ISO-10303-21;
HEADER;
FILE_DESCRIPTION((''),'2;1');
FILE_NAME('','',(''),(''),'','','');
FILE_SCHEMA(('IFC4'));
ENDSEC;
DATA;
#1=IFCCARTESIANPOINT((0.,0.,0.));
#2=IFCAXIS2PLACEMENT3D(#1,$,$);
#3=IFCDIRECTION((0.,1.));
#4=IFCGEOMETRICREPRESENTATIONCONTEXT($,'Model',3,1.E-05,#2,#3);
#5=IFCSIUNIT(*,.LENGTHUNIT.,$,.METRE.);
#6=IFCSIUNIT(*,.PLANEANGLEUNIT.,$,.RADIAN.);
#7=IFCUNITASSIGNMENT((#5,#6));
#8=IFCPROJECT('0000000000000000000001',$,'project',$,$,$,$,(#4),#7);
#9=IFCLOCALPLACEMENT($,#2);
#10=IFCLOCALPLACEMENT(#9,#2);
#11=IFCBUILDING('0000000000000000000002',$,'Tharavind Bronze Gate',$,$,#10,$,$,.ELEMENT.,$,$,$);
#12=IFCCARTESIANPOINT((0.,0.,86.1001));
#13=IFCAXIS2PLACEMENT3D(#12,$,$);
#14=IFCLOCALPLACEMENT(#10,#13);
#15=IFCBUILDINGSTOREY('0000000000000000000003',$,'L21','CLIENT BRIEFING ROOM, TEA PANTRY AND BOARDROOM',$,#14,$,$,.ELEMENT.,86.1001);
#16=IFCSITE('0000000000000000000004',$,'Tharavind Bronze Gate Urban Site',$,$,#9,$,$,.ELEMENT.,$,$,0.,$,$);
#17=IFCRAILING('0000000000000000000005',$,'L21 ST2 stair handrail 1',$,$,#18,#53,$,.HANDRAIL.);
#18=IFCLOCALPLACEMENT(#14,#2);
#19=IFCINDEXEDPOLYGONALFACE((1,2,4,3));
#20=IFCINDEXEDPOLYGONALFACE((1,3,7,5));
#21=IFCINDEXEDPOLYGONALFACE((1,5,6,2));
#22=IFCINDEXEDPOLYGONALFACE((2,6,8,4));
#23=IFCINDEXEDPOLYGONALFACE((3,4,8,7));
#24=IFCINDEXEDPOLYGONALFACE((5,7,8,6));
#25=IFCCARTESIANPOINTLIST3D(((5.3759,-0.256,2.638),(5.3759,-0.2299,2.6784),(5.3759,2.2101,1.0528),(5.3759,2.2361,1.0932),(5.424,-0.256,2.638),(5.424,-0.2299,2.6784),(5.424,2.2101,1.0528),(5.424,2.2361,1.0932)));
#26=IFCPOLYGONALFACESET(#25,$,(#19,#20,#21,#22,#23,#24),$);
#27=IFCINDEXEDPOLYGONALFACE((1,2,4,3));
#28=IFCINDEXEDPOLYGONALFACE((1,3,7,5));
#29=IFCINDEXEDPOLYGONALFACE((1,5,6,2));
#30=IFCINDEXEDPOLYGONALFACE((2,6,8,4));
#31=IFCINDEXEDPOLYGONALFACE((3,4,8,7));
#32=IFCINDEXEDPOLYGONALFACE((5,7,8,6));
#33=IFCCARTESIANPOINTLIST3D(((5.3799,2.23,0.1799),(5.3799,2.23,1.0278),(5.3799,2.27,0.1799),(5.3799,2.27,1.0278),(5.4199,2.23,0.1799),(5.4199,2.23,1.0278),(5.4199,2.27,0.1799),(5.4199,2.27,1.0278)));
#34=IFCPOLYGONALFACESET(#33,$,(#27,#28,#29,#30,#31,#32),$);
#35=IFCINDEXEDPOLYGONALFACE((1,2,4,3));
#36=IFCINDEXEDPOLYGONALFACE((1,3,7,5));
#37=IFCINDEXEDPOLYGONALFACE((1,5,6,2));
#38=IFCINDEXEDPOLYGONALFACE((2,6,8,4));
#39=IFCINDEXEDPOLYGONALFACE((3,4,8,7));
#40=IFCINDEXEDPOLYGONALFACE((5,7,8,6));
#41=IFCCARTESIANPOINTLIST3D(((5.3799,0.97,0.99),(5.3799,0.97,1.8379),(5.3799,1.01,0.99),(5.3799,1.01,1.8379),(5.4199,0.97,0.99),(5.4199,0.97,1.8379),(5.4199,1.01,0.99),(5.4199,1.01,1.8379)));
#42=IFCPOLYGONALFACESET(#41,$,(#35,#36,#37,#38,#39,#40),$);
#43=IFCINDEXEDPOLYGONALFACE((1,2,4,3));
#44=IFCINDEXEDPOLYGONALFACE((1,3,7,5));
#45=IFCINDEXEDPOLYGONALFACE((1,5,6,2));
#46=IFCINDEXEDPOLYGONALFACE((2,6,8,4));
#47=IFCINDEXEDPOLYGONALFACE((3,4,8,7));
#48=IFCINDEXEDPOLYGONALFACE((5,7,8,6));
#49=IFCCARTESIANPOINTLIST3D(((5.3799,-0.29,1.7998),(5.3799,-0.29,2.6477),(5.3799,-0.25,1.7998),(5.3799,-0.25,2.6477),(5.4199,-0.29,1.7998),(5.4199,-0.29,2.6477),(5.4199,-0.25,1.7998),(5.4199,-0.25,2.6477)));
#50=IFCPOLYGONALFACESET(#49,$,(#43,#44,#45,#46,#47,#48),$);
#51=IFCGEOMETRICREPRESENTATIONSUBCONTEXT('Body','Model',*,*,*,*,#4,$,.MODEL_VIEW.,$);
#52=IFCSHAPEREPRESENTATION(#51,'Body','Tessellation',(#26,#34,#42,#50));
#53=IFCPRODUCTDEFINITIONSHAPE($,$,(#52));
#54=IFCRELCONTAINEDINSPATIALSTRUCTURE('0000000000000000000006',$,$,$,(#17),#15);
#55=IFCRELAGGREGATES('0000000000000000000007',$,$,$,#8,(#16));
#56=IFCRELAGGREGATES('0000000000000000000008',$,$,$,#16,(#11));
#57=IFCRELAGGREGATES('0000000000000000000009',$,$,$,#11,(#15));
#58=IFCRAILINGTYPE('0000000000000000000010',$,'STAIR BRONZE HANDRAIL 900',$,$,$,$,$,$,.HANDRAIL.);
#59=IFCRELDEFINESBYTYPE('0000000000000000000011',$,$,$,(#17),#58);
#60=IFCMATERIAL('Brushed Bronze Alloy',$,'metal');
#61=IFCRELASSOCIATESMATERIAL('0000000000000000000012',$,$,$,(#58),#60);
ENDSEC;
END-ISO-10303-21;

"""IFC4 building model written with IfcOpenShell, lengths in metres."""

from ifc_helpers import new_model, si_unit, direction, frame, origin, origin_2d, place, context, subcontext, project, spatial, rectangle, extrude, material, type_object, element, save


model = new_model("IFC4")

# Units and contexts
model_context = context("Model", 3, precision=1e-05, world=origin(), true_north=direction((0.0, 1.0)))
body_context = subcontext(model_context, "Body", "Model", "MODEL_VIEW")
ifc_project = project(units=[si_unit("LENGTHUNIT", "METRE"), si_unit("PLANEANGLEUNIT", "RADIAN")], contexts=[model_context])

# Site, building, storey
site_placement = place(None, origin())
site = spatial("IfcSite", under=ifc_project, at=site_placement, Name="Tharavind Bronze Gate Urban Site", CompositionType="ELEMENT", RefElevation=0.0)
building_placement = place(site_placement, origin())
building = spatial("IfcBuilding", under=site, at=building_placement, Name="Tharavind Bronze Gate", CompositionType="ELEMENT")
storey_placement = place(building_placement, frame((0.0, 0.0, 86.1001)))
storey = spatial("IfcBuildingStorey", under=building, at=storey_placement, Name="L21", Description="CLIENT BRIEFING ROOM, TEA PANTRY AND BOARDROOM", CompositionType="ELEMENT", Elevation=86.1001)

# Railing
ifc_material_1 = material(Name="Brushed Bronze Alloy", Category="metal")
railing_type = type_object("IfcRailingType", Name="STAIR BRONZE HANDRAIL 900", PredefinedType="HANDRAIL", material=ifc_material_1)
railing_placement = place(storey_placement, frame((5.3999, 2.25, 0.1799)))
element("IfcRailing", 1, at=railing_placement, inside=storey, type_object=railing_type, Name="L21 ST2 stair handrail 1", PredefinedType="HANDRAIL", context=body_context, shape_type="SweptSolid", body=[
    extrude(rectangle(XDim=0.0481, YDim=0.0481, at=origin_2d()), frame((0.0, -0.0269, 0.8931), z_axis=(0.0, -0.8412, 0.540725), x_axis=(1.0, 0.0, 0.0)), (0.0, 0.0, 1.0), 2.9316),
    extrude(rectangle(XDim=0.04, YDim=0.04, at=origin_2d()), origin(), (0.0, 0.0, 1.0), 0.8479),
    extrude(rectangle(XDim=0.04, YDim=0.04, at=origin_2d()), frame((0.0, -1.26, 0.8101)), (0.0, 0.0, 1.0), 0.8479),
    extrude(rectangle(XDim=0.04, YDim=0.04, at=origin_2d()), frame((0.0, -2.52, 1.6199)), (0.0, 0.0, 1.0), 0.8479),
])

save(model, "model.ifc")
